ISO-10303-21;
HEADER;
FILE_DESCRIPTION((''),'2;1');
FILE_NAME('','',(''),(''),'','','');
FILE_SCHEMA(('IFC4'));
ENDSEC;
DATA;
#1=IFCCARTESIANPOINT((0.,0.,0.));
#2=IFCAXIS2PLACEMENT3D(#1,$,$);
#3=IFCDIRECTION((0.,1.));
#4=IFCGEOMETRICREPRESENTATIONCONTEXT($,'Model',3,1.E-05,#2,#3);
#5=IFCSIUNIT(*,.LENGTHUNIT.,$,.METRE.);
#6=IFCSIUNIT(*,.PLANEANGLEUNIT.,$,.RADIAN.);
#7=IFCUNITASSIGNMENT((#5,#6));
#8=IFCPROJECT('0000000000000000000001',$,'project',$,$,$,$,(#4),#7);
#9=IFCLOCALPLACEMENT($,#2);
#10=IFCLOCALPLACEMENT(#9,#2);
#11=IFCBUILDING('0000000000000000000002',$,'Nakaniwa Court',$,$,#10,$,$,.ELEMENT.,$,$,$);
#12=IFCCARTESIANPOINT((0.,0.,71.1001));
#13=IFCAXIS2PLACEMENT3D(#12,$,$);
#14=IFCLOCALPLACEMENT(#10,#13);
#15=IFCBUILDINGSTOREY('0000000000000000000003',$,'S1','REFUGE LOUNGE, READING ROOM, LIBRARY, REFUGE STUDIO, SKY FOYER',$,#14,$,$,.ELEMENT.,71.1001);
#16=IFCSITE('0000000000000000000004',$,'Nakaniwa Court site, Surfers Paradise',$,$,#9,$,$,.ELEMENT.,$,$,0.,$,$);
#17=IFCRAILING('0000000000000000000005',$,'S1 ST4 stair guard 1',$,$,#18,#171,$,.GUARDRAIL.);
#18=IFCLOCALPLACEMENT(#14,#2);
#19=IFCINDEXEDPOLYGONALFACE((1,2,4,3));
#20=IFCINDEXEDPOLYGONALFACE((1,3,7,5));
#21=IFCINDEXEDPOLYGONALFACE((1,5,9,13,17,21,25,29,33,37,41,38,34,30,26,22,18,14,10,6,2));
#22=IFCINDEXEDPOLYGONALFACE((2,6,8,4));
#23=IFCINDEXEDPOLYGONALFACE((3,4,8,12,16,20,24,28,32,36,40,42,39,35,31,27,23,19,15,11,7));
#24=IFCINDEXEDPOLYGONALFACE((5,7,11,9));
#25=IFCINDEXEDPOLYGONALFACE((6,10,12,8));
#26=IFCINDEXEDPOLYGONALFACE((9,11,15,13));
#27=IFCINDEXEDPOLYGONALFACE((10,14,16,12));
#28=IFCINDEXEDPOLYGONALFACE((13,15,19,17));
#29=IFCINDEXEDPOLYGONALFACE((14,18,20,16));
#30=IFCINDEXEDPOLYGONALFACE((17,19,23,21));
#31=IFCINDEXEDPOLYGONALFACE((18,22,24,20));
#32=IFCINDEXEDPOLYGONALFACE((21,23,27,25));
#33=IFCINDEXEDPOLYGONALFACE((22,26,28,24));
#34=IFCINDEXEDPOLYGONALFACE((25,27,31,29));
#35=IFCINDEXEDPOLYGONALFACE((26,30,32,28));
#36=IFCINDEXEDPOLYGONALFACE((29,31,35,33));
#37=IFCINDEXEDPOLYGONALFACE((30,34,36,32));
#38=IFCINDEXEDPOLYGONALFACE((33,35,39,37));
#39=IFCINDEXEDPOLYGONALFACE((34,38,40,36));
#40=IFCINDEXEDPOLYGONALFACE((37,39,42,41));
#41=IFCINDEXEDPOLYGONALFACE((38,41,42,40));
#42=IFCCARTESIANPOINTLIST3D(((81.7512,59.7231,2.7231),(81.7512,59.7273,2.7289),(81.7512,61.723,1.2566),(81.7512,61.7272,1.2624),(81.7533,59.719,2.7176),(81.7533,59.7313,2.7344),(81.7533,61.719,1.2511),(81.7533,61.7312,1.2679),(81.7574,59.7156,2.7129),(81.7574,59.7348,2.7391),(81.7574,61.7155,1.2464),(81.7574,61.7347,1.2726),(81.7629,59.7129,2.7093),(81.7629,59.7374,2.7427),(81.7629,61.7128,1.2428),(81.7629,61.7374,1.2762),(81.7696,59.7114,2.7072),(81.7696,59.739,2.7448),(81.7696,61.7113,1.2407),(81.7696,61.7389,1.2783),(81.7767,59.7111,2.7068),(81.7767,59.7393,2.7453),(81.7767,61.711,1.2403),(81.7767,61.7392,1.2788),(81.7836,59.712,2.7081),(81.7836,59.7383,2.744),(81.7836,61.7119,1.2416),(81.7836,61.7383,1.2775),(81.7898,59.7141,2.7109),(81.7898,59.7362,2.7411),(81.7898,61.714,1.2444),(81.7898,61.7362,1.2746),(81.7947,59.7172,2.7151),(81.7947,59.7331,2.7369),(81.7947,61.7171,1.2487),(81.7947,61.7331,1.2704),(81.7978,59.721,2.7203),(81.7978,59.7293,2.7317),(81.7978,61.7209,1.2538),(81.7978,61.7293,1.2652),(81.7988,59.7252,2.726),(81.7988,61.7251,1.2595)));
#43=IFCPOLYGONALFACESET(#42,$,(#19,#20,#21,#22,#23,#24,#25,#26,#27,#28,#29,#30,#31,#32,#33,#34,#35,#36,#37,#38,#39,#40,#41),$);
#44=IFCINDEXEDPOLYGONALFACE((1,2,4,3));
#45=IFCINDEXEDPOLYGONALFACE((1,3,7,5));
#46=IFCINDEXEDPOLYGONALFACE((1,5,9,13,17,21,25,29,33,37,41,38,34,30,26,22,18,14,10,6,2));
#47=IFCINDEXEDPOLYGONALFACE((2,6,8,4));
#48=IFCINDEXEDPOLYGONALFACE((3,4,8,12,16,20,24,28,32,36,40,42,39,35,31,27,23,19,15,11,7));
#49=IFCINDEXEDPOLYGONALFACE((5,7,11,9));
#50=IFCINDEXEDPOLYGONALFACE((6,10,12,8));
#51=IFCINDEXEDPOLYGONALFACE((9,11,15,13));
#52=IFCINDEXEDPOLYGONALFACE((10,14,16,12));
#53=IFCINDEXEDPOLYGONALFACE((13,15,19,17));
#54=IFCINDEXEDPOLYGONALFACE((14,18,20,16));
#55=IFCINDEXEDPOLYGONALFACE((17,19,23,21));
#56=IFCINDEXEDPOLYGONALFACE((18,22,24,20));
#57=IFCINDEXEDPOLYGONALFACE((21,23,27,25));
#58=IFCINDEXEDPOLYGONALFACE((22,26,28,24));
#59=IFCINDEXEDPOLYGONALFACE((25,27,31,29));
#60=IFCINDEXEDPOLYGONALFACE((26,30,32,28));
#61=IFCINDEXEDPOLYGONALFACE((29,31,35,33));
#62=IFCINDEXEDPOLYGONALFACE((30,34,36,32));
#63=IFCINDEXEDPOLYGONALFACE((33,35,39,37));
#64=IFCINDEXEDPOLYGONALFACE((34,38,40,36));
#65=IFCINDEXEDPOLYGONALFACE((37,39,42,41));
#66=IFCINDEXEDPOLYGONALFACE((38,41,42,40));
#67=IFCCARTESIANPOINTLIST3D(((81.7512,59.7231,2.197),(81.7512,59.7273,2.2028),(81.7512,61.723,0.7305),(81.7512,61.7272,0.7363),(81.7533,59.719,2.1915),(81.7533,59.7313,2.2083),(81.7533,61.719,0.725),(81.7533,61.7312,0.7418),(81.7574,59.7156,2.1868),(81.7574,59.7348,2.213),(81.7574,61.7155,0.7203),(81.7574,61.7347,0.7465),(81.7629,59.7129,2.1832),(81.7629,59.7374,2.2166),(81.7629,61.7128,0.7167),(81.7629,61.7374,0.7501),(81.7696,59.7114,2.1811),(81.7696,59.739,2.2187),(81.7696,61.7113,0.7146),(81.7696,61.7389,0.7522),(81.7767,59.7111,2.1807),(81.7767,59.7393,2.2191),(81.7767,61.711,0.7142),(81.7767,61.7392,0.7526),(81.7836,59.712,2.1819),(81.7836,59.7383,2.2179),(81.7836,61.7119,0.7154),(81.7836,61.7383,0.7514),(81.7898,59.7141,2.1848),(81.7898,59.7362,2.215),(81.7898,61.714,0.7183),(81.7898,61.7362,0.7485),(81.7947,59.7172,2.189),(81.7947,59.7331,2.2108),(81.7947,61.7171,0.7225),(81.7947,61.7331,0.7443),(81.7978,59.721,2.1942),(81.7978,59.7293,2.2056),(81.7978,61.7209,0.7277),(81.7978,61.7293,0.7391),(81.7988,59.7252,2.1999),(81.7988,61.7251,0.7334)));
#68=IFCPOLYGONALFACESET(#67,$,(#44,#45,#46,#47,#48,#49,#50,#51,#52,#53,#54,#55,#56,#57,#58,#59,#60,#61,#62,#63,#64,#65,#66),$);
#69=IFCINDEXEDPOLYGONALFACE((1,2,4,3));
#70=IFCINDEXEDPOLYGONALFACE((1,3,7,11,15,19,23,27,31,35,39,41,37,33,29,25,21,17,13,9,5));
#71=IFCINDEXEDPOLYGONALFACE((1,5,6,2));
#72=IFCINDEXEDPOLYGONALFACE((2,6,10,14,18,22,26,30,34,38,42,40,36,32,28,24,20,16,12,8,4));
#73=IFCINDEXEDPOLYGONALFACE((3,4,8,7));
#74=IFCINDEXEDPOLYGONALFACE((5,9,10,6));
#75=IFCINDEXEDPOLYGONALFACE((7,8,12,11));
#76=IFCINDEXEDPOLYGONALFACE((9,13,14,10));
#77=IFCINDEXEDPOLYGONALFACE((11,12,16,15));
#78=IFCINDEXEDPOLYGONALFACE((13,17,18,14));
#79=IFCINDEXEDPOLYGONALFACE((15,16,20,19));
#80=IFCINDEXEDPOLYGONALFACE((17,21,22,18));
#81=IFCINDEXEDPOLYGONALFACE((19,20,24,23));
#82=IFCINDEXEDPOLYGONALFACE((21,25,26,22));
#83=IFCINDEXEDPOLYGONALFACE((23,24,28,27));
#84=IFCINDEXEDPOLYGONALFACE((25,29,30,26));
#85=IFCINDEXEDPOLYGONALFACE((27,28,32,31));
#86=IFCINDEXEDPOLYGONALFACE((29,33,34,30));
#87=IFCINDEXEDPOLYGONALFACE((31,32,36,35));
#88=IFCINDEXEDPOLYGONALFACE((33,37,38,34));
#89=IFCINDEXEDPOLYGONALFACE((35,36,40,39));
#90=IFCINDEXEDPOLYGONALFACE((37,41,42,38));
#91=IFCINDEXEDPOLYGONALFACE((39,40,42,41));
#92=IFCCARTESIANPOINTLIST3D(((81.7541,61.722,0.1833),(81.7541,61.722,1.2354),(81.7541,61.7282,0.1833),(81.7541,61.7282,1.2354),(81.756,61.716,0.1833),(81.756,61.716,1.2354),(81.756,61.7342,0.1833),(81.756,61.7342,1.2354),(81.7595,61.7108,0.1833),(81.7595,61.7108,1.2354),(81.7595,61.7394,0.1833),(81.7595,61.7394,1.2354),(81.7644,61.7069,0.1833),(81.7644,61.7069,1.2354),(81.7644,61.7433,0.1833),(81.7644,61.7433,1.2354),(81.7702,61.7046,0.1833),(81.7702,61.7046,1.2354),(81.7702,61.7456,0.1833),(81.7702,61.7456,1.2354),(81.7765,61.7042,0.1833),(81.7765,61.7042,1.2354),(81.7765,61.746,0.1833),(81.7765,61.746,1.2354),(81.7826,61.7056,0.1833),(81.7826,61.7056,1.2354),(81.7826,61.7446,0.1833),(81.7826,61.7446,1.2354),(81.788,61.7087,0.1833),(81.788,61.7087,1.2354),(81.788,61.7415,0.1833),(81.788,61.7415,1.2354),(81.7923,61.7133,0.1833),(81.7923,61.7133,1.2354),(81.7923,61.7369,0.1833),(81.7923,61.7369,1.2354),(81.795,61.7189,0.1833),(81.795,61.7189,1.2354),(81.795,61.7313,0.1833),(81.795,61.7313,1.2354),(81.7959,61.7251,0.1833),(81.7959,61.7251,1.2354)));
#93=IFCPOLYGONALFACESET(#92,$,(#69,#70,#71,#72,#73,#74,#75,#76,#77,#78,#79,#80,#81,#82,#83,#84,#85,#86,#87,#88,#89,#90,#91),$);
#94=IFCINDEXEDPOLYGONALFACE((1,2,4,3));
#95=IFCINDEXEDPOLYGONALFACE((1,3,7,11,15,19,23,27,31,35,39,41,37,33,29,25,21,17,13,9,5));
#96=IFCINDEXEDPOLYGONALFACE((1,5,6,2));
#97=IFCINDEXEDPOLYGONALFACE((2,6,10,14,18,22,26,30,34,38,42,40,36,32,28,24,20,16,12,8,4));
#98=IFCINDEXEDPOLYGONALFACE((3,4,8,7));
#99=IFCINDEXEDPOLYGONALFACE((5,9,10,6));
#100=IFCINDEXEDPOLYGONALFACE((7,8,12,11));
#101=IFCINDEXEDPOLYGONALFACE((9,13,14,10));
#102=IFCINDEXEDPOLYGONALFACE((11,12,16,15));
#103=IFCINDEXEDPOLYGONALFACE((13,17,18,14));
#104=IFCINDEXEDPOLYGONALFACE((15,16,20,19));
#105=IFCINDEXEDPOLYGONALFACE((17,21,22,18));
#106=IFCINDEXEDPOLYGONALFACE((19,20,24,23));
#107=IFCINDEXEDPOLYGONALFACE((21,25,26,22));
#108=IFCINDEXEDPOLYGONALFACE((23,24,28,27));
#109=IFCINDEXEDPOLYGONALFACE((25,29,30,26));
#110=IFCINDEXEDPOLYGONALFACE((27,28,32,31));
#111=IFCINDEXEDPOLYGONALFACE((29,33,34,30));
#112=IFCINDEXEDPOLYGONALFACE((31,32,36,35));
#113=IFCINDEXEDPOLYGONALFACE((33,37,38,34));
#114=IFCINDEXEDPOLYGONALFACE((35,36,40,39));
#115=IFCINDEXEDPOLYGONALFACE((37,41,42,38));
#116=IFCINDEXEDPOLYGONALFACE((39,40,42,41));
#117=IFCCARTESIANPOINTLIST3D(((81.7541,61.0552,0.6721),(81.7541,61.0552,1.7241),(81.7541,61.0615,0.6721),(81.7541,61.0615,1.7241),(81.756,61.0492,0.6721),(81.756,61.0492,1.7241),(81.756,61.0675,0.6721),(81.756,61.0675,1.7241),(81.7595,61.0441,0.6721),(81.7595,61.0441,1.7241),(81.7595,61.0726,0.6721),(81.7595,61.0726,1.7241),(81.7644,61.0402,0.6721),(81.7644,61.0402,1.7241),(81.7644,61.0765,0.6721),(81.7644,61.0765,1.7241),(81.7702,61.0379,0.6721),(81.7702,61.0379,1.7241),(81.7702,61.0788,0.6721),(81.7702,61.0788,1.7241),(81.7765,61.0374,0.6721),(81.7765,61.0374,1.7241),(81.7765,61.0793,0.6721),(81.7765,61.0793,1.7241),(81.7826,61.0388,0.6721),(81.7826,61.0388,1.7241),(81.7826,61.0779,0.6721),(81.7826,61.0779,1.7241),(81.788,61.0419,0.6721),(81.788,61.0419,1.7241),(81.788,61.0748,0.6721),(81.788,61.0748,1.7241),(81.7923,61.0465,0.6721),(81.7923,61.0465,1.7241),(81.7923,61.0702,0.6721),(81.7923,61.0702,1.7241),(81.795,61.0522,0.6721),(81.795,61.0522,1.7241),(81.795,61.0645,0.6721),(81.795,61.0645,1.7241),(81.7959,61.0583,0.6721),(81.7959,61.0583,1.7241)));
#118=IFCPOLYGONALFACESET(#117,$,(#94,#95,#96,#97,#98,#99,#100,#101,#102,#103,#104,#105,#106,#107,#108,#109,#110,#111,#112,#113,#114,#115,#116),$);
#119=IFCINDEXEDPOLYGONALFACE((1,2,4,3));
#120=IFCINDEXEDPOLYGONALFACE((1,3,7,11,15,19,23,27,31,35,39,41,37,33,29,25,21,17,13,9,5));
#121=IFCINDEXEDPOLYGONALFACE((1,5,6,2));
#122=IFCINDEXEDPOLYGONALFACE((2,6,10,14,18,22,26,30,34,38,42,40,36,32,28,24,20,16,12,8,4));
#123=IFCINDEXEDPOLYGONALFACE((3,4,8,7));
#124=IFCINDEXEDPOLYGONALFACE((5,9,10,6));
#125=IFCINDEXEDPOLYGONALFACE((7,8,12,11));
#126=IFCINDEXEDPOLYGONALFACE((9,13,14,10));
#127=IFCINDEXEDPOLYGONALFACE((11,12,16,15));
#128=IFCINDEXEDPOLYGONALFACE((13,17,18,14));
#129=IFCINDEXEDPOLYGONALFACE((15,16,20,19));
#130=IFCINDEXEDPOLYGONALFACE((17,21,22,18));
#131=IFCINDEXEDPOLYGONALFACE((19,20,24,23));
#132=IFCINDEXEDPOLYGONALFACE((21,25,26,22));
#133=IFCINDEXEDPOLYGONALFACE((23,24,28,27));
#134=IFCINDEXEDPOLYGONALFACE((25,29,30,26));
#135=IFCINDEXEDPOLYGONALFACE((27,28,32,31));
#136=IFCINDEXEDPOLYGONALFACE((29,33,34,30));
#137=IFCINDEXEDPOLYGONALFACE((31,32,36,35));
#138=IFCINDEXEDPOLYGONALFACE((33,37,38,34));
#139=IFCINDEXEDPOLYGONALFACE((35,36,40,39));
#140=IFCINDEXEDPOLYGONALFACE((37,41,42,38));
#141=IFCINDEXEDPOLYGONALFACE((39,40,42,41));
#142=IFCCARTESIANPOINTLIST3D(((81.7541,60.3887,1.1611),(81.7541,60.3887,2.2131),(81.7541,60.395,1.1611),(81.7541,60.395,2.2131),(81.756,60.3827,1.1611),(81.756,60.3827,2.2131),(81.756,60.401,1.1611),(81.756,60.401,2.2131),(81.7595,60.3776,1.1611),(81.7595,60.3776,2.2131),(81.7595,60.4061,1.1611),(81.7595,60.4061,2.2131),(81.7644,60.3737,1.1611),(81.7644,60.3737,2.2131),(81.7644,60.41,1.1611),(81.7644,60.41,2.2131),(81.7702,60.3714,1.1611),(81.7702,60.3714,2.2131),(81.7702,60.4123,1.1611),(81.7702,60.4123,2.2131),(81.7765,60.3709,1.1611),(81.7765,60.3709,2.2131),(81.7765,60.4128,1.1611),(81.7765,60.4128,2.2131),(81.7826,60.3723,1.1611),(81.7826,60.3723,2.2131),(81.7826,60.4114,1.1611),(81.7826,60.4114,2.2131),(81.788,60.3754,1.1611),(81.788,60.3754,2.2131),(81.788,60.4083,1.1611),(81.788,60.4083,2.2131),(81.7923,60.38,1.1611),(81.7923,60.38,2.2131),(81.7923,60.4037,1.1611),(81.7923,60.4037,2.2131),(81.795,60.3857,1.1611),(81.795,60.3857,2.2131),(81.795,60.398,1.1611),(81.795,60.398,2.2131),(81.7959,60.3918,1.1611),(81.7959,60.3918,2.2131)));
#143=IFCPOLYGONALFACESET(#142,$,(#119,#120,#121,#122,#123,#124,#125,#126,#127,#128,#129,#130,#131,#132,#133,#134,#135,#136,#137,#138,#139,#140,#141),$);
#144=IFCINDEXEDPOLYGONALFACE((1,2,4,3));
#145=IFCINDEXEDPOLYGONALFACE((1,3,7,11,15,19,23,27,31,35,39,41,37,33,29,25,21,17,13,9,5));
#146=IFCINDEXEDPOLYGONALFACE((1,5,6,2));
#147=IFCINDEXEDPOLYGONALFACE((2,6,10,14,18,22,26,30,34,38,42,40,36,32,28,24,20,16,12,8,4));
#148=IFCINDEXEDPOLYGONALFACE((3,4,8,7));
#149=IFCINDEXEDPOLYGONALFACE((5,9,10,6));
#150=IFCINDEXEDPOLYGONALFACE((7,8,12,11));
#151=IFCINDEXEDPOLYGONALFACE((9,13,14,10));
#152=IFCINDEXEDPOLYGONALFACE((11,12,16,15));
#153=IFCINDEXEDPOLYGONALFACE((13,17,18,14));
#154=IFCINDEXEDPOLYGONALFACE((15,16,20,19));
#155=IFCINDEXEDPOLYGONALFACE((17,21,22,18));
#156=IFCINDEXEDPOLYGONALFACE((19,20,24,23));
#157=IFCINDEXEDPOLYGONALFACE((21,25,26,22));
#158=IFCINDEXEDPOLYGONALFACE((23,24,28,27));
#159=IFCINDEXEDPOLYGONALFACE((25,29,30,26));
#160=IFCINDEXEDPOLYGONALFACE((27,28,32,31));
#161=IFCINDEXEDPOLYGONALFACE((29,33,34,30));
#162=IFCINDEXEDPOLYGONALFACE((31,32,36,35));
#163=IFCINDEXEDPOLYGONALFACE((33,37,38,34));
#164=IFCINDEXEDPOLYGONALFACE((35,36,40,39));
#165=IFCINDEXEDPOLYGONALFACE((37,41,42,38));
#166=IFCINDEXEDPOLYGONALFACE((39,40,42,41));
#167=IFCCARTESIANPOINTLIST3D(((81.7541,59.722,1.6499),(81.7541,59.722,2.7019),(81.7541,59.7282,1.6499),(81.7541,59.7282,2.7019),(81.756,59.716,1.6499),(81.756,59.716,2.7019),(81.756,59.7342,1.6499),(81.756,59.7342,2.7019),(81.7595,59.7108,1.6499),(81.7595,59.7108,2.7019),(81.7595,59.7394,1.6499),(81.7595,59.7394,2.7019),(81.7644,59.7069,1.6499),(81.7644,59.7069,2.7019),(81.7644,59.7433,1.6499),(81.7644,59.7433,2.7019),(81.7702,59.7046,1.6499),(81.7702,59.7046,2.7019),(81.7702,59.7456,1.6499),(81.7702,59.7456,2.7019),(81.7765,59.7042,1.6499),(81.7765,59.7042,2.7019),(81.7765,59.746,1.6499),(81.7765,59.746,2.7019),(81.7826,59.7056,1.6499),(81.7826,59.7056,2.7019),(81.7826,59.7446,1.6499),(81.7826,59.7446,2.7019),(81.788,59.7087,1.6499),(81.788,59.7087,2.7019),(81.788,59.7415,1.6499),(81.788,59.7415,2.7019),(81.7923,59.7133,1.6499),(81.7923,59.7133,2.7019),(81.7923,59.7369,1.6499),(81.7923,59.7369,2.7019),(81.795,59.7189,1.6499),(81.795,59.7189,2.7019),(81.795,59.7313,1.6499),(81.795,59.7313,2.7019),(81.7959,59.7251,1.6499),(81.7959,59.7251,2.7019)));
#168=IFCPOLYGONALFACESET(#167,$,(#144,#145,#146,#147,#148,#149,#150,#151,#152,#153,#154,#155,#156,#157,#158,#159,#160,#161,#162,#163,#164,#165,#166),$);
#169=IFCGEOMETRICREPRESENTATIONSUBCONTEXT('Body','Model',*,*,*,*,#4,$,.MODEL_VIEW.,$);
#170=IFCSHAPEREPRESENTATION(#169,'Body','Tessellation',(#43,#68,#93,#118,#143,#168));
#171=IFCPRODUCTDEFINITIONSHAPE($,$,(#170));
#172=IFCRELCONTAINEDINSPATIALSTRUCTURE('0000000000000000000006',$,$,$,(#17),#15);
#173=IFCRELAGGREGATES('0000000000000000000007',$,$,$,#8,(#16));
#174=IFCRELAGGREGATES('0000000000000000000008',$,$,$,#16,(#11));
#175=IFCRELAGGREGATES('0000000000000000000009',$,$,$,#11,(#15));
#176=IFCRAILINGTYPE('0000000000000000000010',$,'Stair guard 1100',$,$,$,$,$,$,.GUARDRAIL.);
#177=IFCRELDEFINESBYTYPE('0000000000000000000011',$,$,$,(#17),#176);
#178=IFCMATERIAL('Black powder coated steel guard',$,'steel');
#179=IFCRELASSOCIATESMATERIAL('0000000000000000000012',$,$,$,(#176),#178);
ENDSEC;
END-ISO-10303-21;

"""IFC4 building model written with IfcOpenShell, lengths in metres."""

from ifc_helpers import new_model, si_unit, direction, frame, origin, origin_2d, place, context, subcontext, project, spatial, circle, extrude, material, type_object, element, save


model = new_model("IFC4")

# Units and contexts
model_context = context("Model", 3, precision=1e-05, world=origin(), true_north=direction((0.0, 1.0)))
body_context = subcontext(model_context, "Body", "Model", "MODEL_VIEW")
ifc_project = project(units=[si_unit("LENGTHUNIT", "METRE"), si_unit("PLANEANGLEUNIT", "RADIAN")], contexts=[model_context])

# Site, building, storey
site_placement = place(None, origin())
site = spatial("IfcSite", under=ifc_project, at=site_placement, Name="Nakaniwa Court site, Surfers Paradise", CompositionType="ELEMENT", RefElevation=0.0)
building_placement = place(site_placement, origin())
building = spatial("IfcBuilding", under=site, at=building_placement, Name="Nakaniwa Court", CompositionType="ELEMENT")
storey_placement = place(building_placement, frame((0.0, 0.0, 71.1001)))
storey = spatial("IfcBuildingStorey", under=building, at=storey_placement, Name="S1", Description="REFUGE LOUNGE, READING ROOM, LIBRARY, REFUGE STUDIO, SKY FOYER", CompositionType="ELEMENT", Elevation=71.1001)

# Railing
ifc_material_1 = material(Name="Black powder coated steel guard", Category="steel")
railing_type_1 = type_object("IfcRailingType", Name="Stair guard 1100", PredefinedType="GUARDRAIL", material=ifc_material_1)
railing_1_placement = place(storey_placement, frame((81.7749, 61.7251, 0.1833)))
element("IfcRailing", 1, at=railing_1_placement, inside=storey, type_object=railing_type_1, Name="S1 ST4 stair guard 1", PredefinedType="GUARDRAIL", context=body_context, shape_type="SweptSolid", body=[
    extrude(circle(Radius=0.0239, at=origin_2d()), frame((0.0, 0.0, 1.0762), z_axis=(0.0, -0.806427, 0.591334), x_axis=(1.0, 0.0, 0.0)), (0.0, 0.0, 1.0), 2.48),
    extrude(circle(Radius=0.0239, at=origin_2d()), frame((0.0, 0.0, 0.55), z_axis=(0.0, -0.806427, 0.591334), x_axis=(1.0, 0.0, 0.0)), (0.0, 0.0, 1.0), 2.48),
    extrude(circle(Radius=0.021, at=origin_2d()), origin(), (0.0, 0.0, 1.0), 1.052),
    extrude(circle(Radius=0.021, at=origin_2d()), frame((0.0, -0.6667, 0.4888)), (0.0, 0.0, 1.0), 1.052),
    extrude(circle(Radius=0.021, at=origin_2d()), frame((0.0, -1.3333, 0.9778)), (0.0, 0.0, 1.0), 1.052),
    extrude(circle(Radius=0.021, at=origin_2d()), frame((0.0, -2.0, 1.4666)), (0.0, 0.0, 1.0), 1.052),
])

save(model, "model.ifc")
